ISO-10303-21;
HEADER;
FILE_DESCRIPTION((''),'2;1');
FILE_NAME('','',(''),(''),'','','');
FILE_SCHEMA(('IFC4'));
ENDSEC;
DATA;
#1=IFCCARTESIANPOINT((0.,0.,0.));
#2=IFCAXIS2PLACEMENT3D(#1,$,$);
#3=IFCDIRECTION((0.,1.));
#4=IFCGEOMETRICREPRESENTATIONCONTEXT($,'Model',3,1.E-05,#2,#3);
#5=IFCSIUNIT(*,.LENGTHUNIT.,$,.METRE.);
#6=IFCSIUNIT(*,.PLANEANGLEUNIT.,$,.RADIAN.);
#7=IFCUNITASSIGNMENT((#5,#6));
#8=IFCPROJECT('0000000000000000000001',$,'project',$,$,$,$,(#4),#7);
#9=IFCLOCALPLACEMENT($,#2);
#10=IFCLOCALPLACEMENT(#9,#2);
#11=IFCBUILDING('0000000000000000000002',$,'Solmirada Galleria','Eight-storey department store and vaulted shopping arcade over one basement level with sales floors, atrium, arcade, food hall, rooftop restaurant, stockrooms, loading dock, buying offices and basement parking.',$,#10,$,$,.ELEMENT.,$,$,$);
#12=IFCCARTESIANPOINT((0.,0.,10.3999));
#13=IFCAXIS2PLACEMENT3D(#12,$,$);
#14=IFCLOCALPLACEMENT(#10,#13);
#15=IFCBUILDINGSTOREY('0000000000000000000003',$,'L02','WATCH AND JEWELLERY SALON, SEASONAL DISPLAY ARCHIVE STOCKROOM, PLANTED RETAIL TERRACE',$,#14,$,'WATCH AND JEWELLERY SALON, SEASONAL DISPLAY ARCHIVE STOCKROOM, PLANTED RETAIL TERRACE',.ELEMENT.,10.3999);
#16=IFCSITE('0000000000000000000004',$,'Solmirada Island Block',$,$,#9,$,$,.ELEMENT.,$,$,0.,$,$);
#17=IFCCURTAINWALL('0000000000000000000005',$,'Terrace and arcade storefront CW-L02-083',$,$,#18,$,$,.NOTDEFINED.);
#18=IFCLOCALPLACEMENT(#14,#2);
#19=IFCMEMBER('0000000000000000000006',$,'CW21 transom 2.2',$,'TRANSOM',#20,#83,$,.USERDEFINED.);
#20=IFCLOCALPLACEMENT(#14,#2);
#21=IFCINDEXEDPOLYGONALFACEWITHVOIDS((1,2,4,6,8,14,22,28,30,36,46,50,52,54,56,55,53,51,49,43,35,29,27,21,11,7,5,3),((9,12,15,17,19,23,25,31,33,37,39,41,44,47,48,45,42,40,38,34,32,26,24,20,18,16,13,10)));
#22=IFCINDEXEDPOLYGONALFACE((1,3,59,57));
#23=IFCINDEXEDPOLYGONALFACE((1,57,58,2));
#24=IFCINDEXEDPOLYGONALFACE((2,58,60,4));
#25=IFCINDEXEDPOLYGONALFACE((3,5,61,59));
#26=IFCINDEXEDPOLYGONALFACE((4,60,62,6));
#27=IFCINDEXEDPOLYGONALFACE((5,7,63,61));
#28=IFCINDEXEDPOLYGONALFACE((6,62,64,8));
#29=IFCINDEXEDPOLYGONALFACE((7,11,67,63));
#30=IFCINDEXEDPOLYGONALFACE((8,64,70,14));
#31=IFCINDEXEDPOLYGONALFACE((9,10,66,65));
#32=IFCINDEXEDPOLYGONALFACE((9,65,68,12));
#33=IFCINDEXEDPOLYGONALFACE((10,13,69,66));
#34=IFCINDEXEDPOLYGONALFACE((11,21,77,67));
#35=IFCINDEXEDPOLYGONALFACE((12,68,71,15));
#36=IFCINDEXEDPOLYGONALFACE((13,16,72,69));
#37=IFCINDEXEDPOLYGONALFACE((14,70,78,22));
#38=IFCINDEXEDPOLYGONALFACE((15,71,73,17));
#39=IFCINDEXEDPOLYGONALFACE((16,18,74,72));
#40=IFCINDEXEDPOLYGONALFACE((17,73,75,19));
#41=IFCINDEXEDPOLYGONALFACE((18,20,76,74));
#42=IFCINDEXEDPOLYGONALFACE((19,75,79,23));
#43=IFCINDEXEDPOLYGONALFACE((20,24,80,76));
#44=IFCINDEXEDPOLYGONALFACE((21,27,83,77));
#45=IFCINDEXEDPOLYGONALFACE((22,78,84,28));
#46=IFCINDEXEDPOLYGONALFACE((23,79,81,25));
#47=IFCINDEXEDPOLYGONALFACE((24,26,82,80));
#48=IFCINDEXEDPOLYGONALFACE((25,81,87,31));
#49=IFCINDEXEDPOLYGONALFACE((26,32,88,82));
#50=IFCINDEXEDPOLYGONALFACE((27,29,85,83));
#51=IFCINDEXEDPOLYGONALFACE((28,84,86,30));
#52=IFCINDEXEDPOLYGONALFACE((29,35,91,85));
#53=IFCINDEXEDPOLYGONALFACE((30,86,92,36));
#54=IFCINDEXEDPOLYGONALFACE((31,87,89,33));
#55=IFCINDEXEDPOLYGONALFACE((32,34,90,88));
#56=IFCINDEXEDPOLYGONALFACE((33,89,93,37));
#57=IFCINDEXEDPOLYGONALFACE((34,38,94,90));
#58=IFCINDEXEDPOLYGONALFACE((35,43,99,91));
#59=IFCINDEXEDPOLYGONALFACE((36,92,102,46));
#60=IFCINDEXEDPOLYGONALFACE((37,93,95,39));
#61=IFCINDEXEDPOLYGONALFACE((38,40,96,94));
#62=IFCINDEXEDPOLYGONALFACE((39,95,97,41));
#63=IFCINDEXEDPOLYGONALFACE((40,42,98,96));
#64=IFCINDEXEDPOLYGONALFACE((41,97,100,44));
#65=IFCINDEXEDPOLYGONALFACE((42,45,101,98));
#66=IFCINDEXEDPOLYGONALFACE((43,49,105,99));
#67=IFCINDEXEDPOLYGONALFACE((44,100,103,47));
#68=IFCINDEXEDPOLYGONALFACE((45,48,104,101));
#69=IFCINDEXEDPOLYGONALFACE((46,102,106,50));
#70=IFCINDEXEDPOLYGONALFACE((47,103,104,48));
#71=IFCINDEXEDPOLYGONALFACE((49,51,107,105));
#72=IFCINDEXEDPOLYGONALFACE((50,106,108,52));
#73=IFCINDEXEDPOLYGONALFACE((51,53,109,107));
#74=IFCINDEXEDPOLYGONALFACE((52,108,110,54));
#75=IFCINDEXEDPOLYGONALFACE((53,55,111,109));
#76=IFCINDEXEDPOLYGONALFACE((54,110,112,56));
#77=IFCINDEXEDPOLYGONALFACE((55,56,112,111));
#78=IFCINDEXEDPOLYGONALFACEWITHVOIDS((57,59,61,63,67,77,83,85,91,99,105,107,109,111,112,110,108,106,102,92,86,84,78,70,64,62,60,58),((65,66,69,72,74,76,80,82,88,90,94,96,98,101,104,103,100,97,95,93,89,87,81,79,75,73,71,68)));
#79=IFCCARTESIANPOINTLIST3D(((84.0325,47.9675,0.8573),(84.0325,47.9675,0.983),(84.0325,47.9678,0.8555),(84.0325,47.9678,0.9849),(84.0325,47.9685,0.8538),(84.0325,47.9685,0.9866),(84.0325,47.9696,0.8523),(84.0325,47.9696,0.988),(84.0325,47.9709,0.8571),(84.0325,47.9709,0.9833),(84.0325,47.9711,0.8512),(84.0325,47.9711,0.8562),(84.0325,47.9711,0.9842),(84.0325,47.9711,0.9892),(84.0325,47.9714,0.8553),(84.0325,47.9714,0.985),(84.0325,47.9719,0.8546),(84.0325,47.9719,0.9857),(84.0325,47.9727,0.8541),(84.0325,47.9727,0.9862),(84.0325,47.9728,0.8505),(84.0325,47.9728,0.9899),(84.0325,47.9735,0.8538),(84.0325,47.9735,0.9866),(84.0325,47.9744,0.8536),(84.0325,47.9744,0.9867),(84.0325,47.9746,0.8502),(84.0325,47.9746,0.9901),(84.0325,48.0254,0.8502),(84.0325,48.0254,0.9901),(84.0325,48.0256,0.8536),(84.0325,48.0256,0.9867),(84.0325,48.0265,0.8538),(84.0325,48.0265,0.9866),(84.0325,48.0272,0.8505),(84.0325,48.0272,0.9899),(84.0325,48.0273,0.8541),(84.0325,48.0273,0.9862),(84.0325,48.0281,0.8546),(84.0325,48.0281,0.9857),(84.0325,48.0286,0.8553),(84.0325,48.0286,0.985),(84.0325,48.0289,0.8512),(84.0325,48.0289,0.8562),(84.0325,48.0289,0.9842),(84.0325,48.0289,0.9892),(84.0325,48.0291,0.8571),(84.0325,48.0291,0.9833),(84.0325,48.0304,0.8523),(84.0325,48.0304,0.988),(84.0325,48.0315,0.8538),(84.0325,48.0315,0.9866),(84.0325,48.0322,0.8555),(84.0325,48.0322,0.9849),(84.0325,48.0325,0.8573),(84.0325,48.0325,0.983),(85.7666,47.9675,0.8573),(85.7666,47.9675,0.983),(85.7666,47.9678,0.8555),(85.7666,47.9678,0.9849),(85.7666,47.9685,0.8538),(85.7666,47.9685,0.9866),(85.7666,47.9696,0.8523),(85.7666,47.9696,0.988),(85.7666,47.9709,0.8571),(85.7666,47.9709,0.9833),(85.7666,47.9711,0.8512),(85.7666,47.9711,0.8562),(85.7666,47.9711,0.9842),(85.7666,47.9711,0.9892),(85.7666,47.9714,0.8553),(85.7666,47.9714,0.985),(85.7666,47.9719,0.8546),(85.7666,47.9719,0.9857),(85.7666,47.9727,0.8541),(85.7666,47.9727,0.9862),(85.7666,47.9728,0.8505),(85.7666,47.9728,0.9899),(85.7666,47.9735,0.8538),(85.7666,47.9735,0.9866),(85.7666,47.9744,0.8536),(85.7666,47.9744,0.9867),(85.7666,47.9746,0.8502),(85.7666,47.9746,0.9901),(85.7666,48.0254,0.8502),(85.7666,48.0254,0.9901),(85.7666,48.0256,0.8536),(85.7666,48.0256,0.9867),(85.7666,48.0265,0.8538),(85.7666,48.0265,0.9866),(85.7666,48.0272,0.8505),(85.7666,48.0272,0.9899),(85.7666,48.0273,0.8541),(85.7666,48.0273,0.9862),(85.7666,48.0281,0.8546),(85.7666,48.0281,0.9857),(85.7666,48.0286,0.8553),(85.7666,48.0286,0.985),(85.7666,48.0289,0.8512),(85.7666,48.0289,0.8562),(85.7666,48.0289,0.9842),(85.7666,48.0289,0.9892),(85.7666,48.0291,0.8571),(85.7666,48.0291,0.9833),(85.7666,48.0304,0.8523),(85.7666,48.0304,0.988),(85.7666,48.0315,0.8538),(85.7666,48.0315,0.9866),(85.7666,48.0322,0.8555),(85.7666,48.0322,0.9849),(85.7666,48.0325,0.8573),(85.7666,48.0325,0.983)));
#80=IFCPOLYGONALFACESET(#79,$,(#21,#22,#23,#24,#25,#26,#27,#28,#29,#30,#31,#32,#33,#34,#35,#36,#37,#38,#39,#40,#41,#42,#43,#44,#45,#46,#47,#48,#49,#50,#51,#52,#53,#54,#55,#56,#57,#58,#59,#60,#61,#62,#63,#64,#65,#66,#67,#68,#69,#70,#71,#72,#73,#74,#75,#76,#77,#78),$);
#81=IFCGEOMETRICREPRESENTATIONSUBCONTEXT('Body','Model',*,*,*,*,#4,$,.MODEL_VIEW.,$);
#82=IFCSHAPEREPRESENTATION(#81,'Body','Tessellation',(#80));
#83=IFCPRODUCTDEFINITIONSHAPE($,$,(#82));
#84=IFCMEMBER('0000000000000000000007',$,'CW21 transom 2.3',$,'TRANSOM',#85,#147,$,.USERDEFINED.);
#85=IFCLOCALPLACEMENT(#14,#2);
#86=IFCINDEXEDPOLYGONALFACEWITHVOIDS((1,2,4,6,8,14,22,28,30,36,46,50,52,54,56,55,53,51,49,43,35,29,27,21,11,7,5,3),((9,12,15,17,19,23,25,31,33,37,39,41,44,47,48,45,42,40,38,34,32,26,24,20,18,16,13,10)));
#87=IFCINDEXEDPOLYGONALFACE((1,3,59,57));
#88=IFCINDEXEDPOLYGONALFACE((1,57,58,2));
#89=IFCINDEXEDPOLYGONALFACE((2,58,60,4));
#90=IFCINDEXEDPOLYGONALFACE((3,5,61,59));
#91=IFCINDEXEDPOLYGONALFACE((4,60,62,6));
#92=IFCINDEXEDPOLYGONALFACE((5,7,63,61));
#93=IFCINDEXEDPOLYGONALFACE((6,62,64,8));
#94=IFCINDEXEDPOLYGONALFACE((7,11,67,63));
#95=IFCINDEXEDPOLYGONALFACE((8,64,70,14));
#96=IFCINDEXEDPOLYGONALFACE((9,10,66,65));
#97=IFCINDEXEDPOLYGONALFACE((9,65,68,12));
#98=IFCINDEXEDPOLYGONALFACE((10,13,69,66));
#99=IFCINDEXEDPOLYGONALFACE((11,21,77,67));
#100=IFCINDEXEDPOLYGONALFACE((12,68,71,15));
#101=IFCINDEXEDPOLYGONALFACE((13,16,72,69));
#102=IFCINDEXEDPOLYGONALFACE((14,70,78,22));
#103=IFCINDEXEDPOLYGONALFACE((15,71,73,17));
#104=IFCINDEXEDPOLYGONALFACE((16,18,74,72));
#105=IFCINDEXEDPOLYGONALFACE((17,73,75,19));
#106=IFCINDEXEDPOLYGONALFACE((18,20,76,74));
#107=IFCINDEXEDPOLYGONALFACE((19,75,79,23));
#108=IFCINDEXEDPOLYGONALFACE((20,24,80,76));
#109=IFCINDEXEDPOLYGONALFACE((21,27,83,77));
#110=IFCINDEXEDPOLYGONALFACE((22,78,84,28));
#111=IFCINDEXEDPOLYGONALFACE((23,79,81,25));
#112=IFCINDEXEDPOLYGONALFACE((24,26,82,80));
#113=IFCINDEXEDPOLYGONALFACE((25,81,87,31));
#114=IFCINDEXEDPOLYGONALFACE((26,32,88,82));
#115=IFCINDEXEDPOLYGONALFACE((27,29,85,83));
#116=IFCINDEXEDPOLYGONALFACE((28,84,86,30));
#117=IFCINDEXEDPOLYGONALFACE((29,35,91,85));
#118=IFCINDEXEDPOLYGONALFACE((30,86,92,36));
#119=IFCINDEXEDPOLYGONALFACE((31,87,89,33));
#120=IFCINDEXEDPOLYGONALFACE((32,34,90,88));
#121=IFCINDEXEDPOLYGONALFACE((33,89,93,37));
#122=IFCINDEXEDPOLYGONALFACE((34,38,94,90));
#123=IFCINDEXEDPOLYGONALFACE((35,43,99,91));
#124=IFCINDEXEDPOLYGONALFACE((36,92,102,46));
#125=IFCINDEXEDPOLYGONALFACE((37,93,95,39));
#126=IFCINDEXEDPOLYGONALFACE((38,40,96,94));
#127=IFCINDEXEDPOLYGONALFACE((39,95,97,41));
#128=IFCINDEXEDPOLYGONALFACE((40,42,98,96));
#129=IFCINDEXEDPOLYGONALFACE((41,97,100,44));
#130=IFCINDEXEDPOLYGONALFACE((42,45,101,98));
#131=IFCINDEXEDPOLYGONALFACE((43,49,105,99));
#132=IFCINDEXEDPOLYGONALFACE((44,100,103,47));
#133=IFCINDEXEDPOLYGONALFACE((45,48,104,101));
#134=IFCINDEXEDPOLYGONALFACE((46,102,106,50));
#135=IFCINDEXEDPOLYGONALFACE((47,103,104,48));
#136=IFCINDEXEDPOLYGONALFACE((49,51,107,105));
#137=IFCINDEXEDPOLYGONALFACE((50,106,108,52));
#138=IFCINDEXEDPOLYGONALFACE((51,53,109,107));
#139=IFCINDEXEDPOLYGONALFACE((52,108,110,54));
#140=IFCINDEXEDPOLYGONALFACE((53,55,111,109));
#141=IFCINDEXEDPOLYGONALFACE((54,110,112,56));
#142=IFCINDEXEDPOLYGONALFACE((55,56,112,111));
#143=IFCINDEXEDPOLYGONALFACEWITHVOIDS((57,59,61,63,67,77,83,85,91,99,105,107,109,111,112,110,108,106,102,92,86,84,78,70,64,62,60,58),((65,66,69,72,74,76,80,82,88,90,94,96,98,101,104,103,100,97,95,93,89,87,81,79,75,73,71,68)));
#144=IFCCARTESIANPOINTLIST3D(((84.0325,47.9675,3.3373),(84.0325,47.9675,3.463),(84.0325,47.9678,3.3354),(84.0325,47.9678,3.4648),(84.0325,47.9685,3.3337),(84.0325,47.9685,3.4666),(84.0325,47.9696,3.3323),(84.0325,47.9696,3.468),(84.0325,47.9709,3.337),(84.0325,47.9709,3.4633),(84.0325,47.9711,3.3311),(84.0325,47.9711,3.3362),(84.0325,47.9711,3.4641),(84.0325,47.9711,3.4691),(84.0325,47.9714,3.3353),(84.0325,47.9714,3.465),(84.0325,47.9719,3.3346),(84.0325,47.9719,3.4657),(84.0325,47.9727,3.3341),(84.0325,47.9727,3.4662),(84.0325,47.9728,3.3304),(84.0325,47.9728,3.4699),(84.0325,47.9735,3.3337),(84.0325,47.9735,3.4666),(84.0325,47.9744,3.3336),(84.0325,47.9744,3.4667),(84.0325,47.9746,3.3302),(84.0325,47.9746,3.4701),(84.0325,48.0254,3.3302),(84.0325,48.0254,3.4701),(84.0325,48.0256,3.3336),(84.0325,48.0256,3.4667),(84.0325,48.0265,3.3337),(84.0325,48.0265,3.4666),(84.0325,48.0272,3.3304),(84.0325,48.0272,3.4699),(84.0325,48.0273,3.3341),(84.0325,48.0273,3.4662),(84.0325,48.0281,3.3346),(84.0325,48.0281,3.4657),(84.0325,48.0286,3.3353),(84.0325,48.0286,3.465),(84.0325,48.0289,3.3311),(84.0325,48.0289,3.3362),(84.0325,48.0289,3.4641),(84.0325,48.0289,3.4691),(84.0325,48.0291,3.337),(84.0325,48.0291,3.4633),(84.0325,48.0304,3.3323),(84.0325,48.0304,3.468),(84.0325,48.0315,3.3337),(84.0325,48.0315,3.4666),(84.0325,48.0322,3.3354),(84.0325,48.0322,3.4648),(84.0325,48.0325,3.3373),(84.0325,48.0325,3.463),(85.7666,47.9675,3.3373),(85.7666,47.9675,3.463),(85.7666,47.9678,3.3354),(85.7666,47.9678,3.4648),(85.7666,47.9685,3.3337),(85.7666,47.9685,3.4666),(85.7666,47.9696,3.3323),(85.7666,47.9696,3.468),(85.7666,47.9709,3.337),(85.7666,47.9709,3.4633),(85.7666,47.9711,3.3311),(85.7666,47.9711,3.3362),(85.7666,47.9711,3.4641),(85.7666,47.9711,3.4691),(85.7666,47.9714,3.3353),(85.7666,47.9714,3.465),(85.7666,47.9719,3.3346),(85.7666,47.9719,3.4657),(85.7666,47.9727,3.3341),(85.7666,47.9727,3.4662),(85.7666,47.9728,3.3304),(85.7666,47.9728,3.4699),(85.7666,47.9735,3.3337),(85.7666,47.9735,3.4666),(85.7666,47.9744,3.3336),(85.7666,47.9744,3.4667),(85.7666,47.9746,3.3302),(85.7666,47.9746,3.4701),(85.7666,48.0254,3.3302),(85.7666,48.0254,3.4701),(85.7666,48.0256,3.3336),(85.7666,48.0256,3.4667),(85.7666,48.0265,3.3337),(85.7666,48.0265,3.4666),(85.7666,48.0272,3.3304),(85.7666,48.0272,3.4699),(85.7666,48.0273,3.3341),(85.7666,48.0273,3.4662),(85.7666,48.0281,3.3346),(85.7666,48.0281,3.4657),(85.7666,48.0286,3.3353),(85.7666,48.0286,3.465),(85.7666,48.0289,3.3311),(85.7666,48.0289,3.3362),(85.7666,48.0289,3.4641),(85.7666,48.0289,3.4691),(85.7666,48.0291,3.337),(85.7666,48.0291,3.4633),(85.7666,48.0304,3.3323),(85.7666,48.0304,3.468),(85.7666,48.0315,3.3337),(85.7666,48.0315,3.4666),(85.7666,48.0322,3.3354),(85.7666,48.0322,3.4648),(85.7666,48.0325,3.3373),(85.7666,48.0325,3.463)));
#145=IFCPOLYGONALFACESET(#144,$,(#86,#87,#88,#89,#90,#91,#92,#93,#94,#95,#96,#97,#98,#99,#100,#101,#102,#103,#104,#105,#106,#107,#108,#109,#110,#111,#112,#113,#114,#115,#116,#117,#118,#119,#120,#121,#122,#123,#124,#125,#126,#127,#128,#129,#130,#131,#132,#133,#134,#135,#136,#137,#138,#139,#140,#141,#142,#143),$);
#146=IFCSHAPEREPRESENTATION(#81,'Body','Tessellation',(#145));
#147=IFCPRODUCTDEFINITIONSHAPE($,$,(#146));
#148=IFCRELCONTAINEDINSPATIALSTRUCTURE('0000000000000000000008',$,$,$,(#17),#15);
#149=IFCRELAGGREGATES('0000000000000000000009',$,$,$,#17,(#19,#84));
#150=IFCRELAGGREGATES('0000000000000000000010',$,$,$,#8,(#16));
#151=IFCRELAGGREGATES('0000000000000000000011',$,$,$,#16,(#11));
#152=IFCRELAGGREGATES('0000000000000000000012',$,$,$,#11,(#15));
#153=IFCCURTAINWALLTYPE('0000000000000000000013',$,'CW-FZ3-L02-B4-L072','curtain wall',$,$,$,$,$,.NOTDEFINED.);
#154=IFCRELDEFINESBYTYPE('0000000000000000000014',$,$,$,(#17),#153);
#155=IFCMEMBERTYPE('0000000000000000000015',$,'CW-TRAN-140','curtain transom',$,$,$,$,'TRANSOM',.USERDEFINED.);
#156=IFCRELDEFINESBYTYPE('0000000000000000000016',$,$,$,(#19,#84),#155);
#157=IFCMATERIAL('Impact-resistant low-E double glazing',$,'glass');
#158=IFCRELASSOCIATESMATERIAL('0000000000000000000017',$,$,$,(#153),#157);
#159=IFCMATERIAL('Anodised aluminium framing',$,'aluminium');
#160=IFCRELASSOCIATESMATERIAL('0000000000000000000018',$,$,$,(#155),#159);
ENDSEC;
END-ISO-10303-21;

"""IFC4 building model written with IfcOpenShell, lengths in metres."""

from ifc_helpers import new_model, si_unit, direction, frame, origin, origin_2d, place, context, subcontext, project, spatial, hollow_rectangle, extrude, material, material_profile, profile_set, type_object, element, aggregate, save


model = new_model("IFC4")

# Units and contexts
model_context = context("Model", 3, precision=1e-05, world=origin(), true_north=direction((0.0, 1.0)))
body_context = subcontext(model_context, "Body", "Model", "MODEL_VIEW")
ifc_project = project(units=[si_unit("LENGTHUNIT", "METRE"), si_unit("PLANEANGLEUNIT", "RADIAN")], contexts=[model_context])

# Site, building, storey
site_placement = place(None, origin())
site = spatial("IfcSite", under=ifc_project, at=site_placement, Name="Solmirada Island Block", CompositionType="ELEMENT", RefElevation=0.0)
building_placement = place(site_placement, origin())
building = spatial("IfcBuilding", under=site, at=building_placement, Name="Solmirada Galleria", Description="Eight-storey department store and vaulted shopping arcade over one basement level with sales floors, atrium, arcade, food hall, rooftop restaurant, stockrooms, loading dock, buying offices and basement parking.", CompositionType="ELEMENT")
storey_placement = place(building_placement, frame((0.0, 0.0, 10.3999)))
storey = spatial("IfcBuildingStorey", under=building, at=storey_placement, Name="L02", Description="WATCH AND JEWELLERY SALON, SEASONAL DISPLAY ARCHIVE STOCKROOM, PLANTED RETAIL TERRACE", LongName="WATCH AND JEWELLERY SALON, SEASONAL DISPLAY ARCHIVE STOCKROOM, PLANTED RETAIL TERRACE", CompositionType="ELEMENT", Elevation=10.3999)

# Curtain wall
ifc_material_1 = material(Name="Impact-resistant low-E double glazing", Category="glass")
curtain_wall_type = type_object("IfcCurtainWallType", Name="CW-FZ3-L02-B4-L072", Description="curtain wall", PredefinedType="NOTDEFINED", material=ifc_material_1)
curtain_wall_1_placement = place(storey_placement, origin())
curtain_wall_1 = element("IfcCurtainWall", 1, at=curtain_wall_1_placement, inside=storey, type_object=curtain_wall_type, Name="Terrace and arcade storefront CW-L02-083", PredefinedType="NOTDEFINED")
ifc_material_2 = material(Name="Anodised aluminium framing", Category="aluminium")

# Members
ifc_material_profile_1 = material_profile(ifc_material_2, hollow_rectangle(XDim=0.0649, YDim=0.1399, WallThickness=0.0034, InnerFilletRadius=0.0034, OuterFilletRadius=0.0071, at=origin_2d()), Name="ALU-TRAN-140X65")
ifc_profile_set_1 = profile_set([ifc_material_profile_1], Name="Anodised aluminium framing")
member_type_1 = type_object("IfcMemberType", Name="CW-TRAN-140", Description="curtain transom", ElementType="TRANSOM", PredefinedType="USERDEFINED", material=ifc_profile_set_1)
member_1_placement = place(storey_placement, frame((85.7666, 48.0, 0.9202), z_axis=(-1.0, 0.0, 0.0), x_axis=(0.0, -1.0, 0.0)))
member_1 = element("IfcMember", 2, at=member_1_placement, type_object=member_type_1, Name="CW21 transom 2.2", ObjectType="TRANSOM", PredefinedType="USERDEFINED", context=body_context, shape_type="SweptSolid", body=[
    extrude(hollow_rectangle(XDim=0.0649, YDim=0.1399, WallThickness=0.0034, InnerFilletRadius=0.0034, OuterFilletRadius=0.0071, at=origin_2d()), origin(), (0.0, 0.0, 1.0), 1.7341),
])
member_2_placement = place(storey_placement, frame((85.7666, 48.0, 3.4001), z_axis=(-1.0, 0.0, 0.0), x_axis=(0.0, -1.0, 0.0)))
member_2 = element("IfcMember", 3, at=member_2_placement, type_object=member_type_1, Name="CW21 transom 2.3", ObjectType="TRANSOM", PredefinedType="USERDEFINED", context=body_context, shape_type="SweptSolid", body=[
    extrude(hollow_rectangle(XDim=0.0649, YDim=0.1399, WallThickness=0.0034, InnerFilletRadius=0.0034, OuterFilletRadius=0.0071, at=origin_2d()), origin(), (0.0, 0.0, 1.0), 1.7341),
])

aggregate(curtain_wall_1, [member_1, member_2])

save(model, "model.ifc")
